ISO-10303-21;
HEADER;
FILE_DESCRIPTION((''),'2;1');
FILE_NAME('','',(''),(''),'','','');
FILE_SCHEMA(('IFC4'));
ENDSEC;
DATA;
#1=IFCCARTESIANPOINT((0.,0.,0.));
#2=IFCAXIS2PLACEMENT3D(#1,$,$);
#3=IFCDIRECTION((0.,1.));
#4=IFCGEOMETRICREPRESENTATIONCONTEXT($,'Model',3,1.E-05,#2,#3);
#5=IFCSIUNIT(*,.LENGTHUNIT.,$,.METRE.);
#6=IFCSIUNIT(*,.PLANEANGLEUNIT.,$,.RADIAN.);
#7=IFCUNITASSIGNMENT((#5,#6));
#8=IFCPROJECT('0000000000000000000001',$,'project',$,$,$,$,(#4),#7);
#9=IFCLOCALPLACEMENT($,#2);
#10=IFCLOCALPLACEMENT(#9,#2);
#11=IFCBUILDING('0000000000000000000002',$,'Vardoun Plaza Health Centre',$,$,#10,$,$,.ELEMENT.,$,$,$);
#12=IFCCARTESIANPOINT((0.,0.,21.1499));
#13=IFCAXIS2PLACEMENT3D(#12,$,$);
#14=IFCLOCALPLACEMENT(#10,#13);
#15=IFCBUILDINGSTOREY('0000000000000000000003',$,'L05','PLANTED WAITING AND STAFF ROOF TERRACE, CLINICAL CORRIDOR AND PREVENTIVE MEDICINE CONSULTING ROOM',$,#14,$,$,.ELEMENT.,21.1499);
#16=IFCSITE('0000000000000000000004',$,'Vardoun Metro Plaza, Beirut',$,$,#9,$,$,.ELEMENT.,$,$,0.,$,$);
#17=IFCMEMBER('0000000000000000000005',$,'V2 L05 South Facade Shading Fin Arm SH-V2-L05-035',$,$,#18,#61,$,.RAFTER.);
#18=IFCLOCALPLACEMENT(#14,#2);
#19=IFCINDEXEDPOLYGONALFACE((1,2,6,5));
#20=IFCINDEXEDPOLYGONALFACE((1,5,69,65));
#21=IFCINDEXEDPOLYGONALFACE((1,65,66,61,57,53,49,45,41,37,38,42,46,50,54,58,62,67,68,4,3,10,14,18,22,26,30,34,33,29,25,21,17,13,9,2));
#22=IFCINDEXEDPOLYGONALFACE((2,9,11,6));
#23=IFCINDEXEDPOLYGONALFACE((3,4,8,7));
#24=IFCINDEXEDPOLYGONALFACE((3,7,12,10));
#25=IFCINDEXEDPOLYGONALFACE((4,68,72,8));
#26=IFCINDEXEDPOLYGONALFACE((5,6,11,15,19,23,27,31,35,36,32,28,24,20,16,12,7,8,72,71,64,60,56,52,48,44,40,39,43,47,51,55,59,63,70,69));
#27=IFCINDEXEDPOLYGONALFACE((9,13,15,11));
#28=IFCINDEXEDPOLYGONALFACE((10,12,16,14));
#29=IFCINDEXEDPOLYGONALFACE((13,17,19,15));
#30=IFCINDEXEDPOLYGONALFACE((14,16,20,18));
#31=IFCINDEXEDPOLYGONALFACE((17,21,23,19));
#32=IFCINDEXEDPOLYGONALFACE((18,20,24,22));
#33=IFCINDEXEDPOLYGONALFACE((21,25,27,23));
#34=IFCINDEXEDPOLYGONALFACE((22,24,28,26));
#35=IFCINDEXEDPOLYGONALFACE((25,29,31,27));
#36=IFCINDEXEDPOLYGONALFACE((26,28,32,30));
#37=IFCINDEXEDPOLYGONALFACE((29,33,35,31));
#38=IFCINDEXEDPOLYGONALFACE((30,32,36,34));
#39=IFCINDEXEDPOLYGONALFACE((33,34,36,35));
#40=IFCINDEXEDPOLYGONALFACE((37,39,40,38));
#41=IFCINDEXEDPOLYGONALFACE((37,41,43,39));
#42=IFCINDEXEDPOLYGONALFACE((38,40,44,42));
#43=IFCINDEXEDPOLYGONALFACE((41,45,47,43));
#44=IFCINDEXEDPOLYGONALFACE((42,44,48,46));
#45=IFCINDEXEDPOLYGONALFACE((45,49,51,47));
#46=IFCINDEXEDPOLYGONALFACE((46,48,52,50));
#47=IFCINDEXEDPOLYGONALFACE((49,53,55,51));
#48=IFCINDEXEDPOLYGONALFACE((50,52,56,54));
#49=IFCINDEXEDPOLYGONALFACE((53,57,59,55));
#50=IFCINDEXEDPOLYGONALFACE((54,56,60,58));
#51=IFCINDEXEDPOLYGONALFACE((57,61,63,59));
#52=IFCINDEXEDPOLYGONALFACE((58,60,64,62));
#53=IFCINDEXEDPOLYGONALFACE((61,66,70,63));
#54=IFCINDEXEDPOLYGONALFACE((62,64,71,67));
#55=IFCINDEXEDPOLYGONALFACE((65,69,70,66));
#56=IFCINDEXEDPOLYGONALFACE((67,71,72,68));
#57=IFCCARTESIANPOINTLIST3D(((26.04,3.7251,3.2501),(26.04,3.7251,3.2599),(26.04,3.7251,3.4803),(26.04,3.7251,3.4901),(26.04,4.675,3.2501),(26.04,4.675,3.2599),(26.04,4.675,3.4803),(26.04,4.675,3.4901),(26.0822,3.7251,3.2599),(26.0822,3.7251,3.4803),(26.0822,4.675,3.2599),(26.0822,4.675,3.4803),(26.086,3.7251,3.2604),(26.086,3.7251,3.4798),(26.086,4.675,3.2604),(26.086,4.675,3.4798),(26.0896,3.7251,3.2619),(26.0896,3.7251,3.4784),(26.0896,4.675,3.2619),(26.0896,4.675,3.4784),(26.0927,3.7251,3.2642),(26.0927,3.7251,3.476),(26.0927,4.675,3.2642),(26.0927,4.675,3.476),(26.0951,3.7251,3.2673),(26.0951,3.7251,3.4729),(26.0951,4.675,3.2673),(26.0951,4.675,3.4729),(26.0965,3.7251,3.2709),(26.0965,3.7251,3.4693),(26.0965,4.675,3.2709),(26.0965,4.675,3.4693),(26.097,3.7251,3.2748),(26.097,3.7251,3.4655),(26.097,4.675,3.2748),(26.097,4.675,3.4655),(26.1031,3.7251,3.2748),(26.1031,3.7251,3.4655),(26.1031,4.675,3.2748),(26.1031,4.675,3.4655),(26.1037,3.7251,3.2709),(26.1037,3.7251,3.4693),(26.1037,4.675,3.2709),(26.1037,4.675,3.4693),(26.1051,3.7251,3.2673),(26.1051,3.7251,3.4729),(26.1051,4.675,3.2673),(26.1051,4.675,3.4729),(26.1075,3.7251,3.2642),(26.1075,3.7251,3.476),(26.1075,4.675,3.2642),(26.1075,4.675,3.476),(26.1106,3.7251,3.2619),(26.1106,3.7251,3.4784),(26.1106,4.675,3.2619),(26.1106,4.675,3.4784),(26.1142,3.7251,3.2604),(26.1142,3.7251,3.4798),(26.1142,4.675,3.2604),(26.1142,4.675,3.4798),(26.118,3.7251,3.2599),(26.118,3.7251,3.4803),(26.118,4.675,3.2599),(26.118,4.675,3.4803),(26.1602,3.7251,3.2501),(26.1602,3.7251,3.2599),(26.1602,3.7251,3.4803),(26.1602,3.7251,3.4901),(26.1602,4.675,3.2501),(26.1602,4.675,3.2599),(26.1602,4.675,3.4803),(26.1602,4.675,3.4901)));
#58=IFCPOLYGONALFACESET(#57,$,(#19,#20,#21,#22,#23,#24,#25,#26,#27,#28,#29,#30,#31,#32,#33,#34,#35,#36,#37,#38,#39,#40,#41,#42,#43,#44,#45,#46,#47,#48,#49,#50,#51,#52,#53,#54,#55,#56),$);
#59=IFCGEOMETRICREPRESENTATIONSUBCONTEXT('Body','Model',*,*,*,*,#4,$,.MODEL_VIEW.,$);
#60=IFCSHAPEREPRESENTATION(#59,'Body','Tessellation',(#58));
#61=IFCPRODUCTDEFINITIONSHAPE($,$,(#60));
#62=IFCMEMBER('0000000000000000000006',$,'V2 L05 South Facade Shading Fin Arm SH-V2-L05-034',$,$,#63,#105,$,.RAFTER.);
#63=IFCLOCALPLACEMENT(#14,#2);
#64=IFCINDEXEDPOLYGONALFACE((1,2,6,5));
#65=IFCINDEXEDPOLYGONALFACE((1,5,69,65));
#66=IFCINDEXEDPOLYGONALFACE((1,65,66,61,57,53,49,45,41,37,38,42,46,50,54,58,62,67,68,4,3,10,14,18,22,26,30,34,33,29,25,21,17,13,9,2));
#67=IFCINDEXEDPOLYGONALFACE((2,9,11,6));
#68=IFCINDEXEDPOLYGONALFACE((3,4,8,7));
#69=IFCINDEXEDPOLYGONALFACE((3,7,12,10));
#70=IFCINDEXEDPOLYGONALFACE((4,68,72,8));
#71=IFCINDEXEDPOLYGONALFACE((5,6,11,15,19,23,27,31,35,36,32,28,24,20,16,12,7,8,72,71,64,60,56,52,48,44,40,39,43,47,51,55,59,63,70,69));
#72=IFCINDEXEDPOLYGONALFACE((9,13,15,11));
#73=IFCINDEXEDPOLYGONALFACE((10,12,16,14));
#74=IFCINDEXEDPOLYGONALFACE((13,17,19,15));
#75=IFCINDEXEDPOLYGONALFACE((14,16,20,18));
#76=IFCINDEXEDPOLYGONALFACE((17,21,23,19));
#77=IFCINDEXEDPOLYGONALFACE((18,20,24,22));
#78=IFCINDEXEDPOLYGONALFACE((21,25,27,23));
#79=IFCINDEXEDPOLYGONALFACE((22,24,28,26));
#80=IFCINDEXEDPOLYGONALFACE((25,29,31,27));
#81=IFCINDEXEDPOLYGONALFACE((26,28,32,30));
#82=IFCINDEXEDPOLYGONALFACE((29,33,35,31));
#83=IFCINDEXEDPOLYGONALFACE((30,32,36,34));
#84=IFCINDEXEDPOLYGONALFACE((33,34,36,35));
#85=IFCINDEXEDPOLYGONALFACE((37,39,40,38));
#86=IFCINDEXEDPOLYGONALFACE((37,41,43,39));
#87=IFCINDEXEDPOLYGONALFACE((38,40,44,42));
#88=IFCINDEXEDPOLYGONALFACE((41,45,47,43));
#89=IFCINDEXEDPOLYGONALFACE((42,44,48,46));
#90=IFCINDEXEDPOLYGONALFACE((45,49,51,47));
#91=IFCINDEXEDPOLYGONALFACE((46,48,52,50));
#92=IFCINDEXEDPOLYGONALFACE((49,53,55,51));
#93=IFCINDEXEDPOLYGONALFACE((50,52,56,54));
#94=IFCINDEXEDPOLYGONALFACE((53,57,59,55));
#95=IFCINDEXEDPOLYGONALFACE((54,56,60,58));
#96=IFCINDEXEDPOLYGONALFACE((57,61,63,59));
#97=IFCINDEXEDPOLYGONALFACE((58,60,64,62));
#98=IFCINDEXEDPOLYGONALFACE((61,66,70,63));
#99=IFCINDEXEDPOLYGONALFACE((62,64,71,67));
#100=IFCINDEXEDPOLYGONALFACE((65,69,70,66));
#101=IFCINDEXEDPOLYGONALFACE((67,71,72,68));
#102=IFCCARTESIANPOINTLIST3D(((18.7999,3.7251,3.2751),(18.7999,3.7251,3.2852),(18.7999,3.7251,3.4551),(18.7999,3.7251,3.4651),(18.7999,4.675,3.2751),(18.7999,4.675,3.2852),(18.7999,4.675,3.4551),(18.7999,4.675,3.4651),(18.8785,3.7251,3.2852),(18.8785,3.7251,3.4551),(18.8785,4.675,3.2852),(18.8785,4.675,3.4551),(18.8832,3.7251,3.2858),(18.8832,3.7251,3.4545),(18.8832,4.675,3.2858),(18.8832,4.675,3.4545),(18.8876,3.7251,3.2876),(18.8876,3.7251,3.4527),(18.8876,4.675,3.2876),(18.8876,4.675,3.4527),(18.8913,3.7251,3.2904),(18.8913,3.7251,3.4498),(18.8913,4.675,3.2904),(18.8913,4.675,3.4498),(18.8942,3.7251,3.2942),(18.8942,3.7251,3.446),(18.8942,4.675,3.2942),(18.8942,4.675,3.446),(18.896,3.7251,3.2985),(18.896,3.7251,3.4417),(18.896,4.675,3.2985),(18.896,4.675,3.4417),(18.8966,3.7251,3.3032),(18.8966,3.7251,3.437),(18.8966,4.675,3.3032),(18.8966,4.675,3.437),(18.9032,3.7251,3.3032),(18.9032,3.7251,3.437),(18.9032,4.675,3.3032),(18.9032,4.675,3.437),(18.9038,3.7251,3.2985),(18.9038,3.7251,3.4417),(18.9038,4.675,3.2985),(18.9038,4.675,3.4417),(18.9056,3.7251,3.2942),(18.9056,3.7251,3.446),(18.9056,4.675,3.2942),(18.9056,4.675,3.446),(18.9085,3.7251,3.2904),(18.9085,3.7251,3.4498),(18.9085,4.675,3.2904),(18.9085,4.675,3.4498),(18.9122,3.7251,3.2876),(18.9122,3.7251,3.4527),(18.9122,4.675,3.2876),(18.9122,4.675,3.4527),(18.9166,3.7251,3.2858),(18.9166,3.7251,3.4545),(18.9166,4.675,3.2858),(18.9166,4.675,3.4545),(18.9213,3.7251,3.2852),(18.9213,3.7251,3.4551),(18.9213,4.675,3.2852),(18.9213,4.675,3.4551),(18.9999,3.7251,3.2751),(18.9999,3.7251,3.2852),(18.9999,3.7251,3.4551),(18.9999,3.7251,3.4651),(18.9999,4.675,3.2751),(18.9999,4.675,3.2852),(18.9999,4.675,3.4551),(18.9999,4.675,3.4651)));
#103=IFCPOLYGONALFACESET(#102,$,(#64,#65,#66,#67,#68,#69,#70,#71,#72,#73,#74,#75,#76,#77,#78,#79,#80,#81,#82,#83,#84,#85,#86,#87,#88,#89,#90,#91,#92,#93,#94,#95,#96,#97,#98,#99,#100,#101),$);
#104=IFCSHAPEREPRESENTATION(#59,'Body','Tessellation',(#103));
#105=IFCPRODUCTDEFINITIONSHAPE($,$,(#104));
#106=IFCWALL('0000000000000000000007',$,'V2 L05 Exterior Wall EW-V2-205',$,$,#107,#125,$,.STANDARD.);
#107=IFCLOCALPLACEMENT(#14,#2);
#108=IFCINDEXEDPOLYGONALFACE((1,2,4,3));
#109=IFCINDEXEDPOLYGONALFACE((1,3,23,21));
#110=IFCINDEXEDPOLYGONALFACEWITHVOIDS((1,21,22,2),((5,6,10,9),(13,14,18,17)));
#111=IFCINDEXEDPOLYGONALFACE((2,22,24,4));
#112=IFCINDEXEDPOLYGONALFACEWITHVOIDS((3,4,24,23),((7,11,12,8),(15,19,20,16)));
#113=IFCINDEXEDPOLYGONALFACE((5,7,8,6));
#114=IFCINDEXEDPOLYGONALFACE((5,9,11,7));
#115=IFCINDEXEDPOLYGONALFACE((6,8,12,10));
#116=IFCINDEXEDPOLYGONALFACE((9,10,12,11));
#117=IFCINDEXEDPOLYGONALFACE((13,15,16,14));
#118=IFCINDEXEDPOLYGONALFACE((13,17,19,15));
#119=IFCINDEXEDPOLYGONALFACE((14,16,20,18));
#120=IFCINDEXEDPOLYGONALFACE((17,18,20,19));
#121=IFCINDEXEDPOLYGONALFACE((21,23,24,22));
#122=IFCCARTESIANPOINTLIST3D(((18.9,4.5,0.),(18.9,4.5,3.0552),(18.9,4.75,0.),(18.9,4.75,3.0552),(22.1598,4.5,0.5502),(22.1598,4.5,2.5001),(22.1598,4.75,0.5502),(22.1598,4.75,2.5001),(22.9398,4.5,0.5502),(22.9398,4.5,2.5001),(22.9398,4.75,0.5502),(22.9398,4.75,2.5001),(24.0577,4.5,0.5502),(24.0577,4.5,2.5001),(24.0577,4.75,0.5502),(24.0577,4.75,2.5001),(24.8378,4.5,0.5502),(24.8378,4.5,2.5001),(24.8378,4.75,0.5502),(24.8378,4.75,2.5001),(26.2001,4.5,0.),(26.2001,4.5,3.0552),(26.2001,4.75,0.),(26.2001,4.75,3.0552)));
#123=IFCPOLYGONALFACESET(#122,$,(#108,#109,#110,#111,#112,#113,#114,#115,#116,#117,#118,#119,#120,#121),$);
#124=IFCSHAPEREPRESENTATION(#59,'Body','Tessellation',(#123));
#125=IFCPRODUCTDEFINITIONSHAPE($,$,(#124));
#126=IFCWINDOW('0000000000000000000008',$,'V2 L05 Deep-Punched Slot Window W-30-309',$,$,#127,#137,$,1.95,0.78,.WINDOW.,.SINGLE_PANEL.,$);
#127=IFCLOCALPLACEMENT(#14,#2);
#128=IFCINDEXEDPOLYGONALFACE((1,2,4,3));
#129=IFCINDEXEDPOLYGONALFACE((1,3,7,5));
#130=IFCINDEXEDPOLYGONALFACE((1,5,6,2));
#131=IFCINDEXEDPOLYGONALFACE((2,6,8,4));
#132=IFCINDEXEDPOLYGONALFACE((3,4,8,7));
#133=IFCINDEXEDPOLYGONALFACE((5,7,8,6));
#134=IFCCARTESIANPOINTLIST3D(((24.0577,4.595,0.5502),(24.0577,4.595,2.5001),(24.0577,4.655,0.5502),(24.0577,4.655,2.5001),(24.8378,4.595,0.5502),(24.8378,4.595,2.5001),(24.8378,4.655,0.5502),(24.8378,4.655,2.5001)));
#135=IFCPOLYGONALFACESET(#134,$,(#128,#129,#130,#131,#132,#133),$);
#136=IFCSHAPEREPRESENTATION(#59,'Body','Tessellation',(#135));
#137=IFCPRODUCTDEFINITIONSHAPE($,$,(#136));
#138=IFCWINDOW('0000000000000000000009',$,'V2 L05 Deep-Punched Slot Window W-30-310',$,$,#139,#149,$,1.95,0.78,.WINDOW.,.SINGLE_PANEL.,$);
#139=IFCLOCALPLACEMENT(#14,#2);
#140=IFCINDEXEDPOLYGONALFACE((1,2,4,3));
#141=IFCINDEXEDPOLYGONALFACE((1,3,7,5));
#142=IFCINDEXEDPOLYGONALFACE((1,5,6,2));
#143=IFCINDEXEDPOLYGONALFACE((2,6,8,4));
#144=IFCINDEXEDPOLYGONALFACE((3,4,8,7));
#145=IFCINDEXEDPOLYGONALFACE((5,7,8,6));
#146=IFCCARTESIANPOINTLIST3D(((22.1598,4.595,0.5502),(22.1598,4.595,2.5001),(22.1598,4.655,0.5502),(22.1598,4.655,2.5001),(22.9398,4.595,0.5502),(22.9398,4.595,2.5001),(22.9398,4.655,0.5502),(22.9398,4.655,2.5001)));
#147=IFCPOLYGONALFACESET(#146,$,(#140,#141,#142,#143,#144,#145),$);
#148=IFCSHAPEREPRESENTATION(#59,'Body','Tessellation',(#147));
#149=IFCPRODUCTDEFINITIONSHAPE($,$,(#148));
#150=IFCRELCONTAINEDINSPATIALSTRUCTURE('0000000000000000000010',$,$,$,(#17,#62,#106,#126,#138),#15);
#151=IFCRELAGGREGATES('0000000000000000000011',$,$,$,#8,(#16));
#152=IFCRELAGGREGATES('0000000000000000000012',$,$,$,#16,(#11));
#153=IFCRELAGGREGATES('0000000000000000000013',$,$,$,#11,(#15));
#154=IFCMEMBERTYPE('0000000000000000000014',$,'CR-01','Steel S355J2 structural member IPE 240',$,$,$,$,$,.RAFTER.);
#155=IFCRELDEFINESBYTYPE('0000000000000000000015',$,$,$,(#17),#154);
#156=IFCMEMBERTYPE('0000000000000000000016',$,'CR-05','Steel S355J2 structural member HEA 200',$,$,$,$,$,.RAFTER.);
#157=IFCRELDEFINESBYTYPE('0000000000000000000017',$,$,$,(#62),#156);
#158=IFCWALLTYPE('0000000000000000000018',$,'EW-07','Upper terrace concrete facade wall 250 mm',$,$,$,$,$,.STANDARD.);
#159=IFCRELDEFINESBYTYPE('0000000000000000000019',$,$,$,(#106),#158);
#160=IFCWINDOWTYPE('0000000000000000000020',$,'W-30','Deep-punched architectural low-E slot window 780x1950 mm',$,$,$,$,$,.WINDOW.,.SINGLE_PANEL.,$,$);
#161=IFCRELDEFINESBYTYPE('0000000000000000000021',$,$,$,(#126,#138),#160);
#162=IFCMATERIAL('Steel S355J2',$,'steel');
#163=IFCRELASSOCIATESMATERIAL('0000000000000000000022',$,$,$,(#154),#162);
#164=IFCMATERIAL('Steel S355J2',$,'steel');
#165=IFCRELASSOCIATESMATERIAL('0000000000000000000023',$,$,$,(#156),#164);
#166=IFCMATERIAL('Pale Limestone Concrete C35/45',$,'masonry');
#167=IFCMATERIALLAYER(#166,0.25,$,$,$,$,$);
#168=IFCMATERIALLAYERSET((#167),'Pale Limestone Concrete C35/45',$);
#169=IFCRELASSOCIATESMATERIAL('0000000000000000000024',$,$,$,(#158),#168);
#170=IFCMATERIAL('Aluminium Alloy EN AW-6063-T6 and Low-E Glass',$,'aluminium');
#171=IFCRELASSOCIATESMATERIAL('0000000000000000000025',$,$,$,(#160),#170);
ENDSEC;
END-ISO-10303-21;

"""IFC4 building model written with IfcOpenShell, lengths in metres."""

from ifc_helpers import new_model, si_unit, direction, frame, frame_2d, origin, origin_2d, place, context, subcontext, project, spatial, rectangle, i_section, extrude, material, layer, layer_set, material_profile, profile_set, type_object, element, fill, save


model = new_model("IFC4")

# Units and contexts
model_context = context("Model", 3, precision=1e-05, world=origin(), true_north=direction((0.0, 1.0)))
body_context = subcontext(model_context, "Body", "Model", "MODEL_VIEW")
ifc_project = project(units=[si_unit("LENGTHUNIT", "METRE"), si_unit("PLANEANGLEUNIT", "RADIAN")], contexts=[model_context])

# Site, building, storey
site_placement = place(None, origin())
site = spatial("IfcSite", under=ifc_project, at=site_placement, Name="Vardoun Metro Plaza, Beirut", CompositionType="ELEMENT", RefElevation=0.0)
building_placement = place(site_placement, origin())
building = spatial("IfcBuilding", under=site, at=building_placement, Name="Vardoun Plaza Health Centre", CompositionType="ELEMENT")
storey_placement = place(building_placement, frame((0.0, 0.0, 21.1499)))
storey = spatial("IfcBuildingStorey", under=building, at=storey_placement, Name="L05", Description="PLANTED WAITING AND STAFF ROOF TERRACE, CLINICAL CORRIDOR AND PREVENTIVE MEDICINE CONSULTING ROOM", CompositionType="ELEMENT", Elevation=21.1499)

# Members
ifc_material_1 = material(Name="Steel S355J2", Category="steel")
ifc_material_profile_1 = material_profile(ifc_material_1, i_section(OverallWidth=0.1201, OverallDepth=0.24, WebThickness=0.0061, FlangeThickness=0.0098, FilletRadius=0.0149, at=origin_2d()), Name="IPE 240")
ifc_profile_set_1 = profile_set([ifc_material_profile_1], Name="Steel S355J2")
member_type_1 = type_object("IfcMemberType", Name="CR-01", Description="Steel S355J2 structural member IPE 240", PredefinedType="RAFTER", material=ifc_profile_set_1)
member_1_placement = place(storey_placement, frame((26.1001, 4.675, 3.3701), z_axis=(0.0, -1.0, 0.0), x_axis=(1.0, 0.0, 0.0)))
element("IfcMember", 1, at=member_1_placement, inside=storey, type_object=member_type_1, Name="V2 L05 South Facade Shading Fin Arm SH-V2-L05-035", PredefinedType="RAFTER", context=body_context, shape_type="SweptSolid", body=[
    extrude(i_section(OverallWidth=0.1201, OverallDepth=0.24, WebThickness=0.0061, FlangeThickness=0.0098, FilletRadius=0.0149, at=origin_2d()), origin(), (0.0, 0.0, 1.0), 0.95),
])
ifc_material_2 = material(Name="Steel S355J2", Category="steel")
ifc_material_profile_2 = material_profile(ifc_material_2, i_section(OverallWidth=0.2, OverallDepth=0.1899, WebThickness=0.0066, FlangeThickness=0.01, FilletRadius=0.0181, at=origin_2d()), Name="HEA 200")
ifc_profile_set_2 = profile_set([ifc_material_profile_2], Name="Steel S355J2")
member_type_2 = type_object("IfcMemberType", Name="CR-05", Description="Steel S355J2 structural member HEA 200", PredefinedType="RAFTER", material=ifc_profile_set_2)
member_2_placement = place(storey_placement, frame((18.8999, 4.675, 3.3701), z_axis=(0.0, -1.0, 0.0), x_axis=(1.0, 0.0, 0.0)))
element("IfcMember", 2, at=member_2_placement, inside=storey, type_object=member_type_2, Name="V2 L05 South Facade Shading Fin Arm SH-V2-L05-034", PredefinedType="RAFTER", context=body_context, shape_type="SweptSolid", body=[
    extrude(i_section(OverallWidth=0.2, OverallDepth=0.1899, WebThickness=0.0066, FlangeThickness=0.01, FilletRadius=0.0181, at=origin_2d()), origin(), (0.0, 0.0, 1.0), 0.95),
])

# Wall, openings, windows
ifc_material_3 = material(Name="Pale Limestone Concrete C35/45", Category="masonry")
ifc_layer = layer(ifc_material_3, 0.25)
ifc_layer_set = layer_set([ifc_layer], Name="Pale Limestone Concrete C35/45")
wall_type = type_object("IfcWallType", Name="EW-07", Description="Upper terrace concrete facade wall 250 mm", PredefinedType="STANDARD", material=ifc_layer_set)
wall_1_placement = place(storey_placement, frame((26.2, 4.625, 0.0), z_axis=(0.0, 0.0, 1.0), x_axis=(-1.0, 0.0, 0.0)))
wall_1 = element("IfcWall", 3, at=wall_1_placement, inside=storey, type_object=wall_type, Name="V2 L05 Exterior Wall EW-V2-205", PredefinedType="STANDARD", context=body_context, shape_type="SweptSolid", body=[
    extrude(rectangle(XDim=7.3, YDim=0.25, at=frame_2d((3.6499, 0.0))), origin(), (0.0, 0.0, 1.0), 3.0552),
])
opening_1_placement = place(wall_1_placement, frame((1.3621, 0.0, 0.55)))
opening_1 = element("IfcOpeningElement", 4, at=opening_1_placement, cuts=wall_1, PredefinedType="OPENING", context=body_context, shape_type="SweptSolid", body=[
    extrude(rectangle(XDim=0.78, YDim=1.95, at=frame_2d((0.3901, 0.9751))), frame((0.0, 0.125, 0.0), z_axis=(0.0, -1.0, 0.0), x_axis=(1.0, 0.0, 0.0)), (0.0, 0.0, 1.0), 0.25),
])
opening_2_placement = place(wall_1_placement, frame((3.26, 0.0, 0.55)))
opening_2 = element("IfcOpeningElement", 5, at=opening_2_placement, cuts=wall_1, PredefinedType="OPENING", context=body_context, shape_type="SweptSolid", body=[
    extrude(rectangle(XDim=0.78, YDim=1.95, at=frame_2d((0.3901, 0.9751))), frame((0.0, 0.125, 0.0), z_axis=(0.0, -1.0, 0.0), x_axis=(1.0, 0.0, 0.0)), (0.0, 0.0, 1.0), 0.25),
])
ifc_material_4 = material(Name="Aluminium Alloy EN AW-6063-T6 and Low-E Glass", Category="aluminium")
window_type_1 = type_object("IfcWindowType", Name="W-30", Description="Deep-punched architectural low-E slot window 780x1950 mm", PartitioningType="SINGLE_PANEL", PredefinedType="WINDOW", material=ifc_material_4)
window_1_placement = place(opening_1_placement, origin())
window_1 = element("IfcWindow", 6, at=window_1_placement, inside=storey, type_object=window_type_1, Name="V2 L05 Deep-Punched Slot Window W-30-309", OverallHeight=1.95, OverallWidth=0.78, PartitioningType="SINGLE_PANEL", PredefinedType="WINDOW", context=body_context, shape_type="SweptSolid", body=[
    extrude(rectangle(XDim=0.78, YDim=1.95, at=frame_2d((0.3901, 0.9751))), frame((0.0, 0.03, 0.0), z_axis=(0.0, -1.0, 0.0), x_axis=(1.0, 0.0, 0.0)), (0.0, 0.0, 1.0), 0.0601),
])
fill(opening_1, window_1)
window_2_placement = place(opening_2_placement, origin())
window_2 = element("IfcWindow", 7, at=window_2_placement, inside=storey, type_object=window_type_1, Name="V2 L05 Deep-Punched Slot Window W-30-310", OverallHeight=1.95, OverallWidth=0.78, PartitioningType="SINGLE_PANEL", PredefinedType="WINDOW", context=body_context, shape_type="SweptSolid", body=[
    extrude(rectangle(XDim=0.78, YDim=1.95, at=frame_2d((0.3901, 0.9751))), frame((0.0, 0.03, 0.0), z_axis=(0.0, -1.0, 0.0), x_axis=(1.0, 0.0, 0.0)), (0.0, 0.0, 1.0), 0.0601),
])
fill(opening_2, window_2)

save(model, "model.ifc")
